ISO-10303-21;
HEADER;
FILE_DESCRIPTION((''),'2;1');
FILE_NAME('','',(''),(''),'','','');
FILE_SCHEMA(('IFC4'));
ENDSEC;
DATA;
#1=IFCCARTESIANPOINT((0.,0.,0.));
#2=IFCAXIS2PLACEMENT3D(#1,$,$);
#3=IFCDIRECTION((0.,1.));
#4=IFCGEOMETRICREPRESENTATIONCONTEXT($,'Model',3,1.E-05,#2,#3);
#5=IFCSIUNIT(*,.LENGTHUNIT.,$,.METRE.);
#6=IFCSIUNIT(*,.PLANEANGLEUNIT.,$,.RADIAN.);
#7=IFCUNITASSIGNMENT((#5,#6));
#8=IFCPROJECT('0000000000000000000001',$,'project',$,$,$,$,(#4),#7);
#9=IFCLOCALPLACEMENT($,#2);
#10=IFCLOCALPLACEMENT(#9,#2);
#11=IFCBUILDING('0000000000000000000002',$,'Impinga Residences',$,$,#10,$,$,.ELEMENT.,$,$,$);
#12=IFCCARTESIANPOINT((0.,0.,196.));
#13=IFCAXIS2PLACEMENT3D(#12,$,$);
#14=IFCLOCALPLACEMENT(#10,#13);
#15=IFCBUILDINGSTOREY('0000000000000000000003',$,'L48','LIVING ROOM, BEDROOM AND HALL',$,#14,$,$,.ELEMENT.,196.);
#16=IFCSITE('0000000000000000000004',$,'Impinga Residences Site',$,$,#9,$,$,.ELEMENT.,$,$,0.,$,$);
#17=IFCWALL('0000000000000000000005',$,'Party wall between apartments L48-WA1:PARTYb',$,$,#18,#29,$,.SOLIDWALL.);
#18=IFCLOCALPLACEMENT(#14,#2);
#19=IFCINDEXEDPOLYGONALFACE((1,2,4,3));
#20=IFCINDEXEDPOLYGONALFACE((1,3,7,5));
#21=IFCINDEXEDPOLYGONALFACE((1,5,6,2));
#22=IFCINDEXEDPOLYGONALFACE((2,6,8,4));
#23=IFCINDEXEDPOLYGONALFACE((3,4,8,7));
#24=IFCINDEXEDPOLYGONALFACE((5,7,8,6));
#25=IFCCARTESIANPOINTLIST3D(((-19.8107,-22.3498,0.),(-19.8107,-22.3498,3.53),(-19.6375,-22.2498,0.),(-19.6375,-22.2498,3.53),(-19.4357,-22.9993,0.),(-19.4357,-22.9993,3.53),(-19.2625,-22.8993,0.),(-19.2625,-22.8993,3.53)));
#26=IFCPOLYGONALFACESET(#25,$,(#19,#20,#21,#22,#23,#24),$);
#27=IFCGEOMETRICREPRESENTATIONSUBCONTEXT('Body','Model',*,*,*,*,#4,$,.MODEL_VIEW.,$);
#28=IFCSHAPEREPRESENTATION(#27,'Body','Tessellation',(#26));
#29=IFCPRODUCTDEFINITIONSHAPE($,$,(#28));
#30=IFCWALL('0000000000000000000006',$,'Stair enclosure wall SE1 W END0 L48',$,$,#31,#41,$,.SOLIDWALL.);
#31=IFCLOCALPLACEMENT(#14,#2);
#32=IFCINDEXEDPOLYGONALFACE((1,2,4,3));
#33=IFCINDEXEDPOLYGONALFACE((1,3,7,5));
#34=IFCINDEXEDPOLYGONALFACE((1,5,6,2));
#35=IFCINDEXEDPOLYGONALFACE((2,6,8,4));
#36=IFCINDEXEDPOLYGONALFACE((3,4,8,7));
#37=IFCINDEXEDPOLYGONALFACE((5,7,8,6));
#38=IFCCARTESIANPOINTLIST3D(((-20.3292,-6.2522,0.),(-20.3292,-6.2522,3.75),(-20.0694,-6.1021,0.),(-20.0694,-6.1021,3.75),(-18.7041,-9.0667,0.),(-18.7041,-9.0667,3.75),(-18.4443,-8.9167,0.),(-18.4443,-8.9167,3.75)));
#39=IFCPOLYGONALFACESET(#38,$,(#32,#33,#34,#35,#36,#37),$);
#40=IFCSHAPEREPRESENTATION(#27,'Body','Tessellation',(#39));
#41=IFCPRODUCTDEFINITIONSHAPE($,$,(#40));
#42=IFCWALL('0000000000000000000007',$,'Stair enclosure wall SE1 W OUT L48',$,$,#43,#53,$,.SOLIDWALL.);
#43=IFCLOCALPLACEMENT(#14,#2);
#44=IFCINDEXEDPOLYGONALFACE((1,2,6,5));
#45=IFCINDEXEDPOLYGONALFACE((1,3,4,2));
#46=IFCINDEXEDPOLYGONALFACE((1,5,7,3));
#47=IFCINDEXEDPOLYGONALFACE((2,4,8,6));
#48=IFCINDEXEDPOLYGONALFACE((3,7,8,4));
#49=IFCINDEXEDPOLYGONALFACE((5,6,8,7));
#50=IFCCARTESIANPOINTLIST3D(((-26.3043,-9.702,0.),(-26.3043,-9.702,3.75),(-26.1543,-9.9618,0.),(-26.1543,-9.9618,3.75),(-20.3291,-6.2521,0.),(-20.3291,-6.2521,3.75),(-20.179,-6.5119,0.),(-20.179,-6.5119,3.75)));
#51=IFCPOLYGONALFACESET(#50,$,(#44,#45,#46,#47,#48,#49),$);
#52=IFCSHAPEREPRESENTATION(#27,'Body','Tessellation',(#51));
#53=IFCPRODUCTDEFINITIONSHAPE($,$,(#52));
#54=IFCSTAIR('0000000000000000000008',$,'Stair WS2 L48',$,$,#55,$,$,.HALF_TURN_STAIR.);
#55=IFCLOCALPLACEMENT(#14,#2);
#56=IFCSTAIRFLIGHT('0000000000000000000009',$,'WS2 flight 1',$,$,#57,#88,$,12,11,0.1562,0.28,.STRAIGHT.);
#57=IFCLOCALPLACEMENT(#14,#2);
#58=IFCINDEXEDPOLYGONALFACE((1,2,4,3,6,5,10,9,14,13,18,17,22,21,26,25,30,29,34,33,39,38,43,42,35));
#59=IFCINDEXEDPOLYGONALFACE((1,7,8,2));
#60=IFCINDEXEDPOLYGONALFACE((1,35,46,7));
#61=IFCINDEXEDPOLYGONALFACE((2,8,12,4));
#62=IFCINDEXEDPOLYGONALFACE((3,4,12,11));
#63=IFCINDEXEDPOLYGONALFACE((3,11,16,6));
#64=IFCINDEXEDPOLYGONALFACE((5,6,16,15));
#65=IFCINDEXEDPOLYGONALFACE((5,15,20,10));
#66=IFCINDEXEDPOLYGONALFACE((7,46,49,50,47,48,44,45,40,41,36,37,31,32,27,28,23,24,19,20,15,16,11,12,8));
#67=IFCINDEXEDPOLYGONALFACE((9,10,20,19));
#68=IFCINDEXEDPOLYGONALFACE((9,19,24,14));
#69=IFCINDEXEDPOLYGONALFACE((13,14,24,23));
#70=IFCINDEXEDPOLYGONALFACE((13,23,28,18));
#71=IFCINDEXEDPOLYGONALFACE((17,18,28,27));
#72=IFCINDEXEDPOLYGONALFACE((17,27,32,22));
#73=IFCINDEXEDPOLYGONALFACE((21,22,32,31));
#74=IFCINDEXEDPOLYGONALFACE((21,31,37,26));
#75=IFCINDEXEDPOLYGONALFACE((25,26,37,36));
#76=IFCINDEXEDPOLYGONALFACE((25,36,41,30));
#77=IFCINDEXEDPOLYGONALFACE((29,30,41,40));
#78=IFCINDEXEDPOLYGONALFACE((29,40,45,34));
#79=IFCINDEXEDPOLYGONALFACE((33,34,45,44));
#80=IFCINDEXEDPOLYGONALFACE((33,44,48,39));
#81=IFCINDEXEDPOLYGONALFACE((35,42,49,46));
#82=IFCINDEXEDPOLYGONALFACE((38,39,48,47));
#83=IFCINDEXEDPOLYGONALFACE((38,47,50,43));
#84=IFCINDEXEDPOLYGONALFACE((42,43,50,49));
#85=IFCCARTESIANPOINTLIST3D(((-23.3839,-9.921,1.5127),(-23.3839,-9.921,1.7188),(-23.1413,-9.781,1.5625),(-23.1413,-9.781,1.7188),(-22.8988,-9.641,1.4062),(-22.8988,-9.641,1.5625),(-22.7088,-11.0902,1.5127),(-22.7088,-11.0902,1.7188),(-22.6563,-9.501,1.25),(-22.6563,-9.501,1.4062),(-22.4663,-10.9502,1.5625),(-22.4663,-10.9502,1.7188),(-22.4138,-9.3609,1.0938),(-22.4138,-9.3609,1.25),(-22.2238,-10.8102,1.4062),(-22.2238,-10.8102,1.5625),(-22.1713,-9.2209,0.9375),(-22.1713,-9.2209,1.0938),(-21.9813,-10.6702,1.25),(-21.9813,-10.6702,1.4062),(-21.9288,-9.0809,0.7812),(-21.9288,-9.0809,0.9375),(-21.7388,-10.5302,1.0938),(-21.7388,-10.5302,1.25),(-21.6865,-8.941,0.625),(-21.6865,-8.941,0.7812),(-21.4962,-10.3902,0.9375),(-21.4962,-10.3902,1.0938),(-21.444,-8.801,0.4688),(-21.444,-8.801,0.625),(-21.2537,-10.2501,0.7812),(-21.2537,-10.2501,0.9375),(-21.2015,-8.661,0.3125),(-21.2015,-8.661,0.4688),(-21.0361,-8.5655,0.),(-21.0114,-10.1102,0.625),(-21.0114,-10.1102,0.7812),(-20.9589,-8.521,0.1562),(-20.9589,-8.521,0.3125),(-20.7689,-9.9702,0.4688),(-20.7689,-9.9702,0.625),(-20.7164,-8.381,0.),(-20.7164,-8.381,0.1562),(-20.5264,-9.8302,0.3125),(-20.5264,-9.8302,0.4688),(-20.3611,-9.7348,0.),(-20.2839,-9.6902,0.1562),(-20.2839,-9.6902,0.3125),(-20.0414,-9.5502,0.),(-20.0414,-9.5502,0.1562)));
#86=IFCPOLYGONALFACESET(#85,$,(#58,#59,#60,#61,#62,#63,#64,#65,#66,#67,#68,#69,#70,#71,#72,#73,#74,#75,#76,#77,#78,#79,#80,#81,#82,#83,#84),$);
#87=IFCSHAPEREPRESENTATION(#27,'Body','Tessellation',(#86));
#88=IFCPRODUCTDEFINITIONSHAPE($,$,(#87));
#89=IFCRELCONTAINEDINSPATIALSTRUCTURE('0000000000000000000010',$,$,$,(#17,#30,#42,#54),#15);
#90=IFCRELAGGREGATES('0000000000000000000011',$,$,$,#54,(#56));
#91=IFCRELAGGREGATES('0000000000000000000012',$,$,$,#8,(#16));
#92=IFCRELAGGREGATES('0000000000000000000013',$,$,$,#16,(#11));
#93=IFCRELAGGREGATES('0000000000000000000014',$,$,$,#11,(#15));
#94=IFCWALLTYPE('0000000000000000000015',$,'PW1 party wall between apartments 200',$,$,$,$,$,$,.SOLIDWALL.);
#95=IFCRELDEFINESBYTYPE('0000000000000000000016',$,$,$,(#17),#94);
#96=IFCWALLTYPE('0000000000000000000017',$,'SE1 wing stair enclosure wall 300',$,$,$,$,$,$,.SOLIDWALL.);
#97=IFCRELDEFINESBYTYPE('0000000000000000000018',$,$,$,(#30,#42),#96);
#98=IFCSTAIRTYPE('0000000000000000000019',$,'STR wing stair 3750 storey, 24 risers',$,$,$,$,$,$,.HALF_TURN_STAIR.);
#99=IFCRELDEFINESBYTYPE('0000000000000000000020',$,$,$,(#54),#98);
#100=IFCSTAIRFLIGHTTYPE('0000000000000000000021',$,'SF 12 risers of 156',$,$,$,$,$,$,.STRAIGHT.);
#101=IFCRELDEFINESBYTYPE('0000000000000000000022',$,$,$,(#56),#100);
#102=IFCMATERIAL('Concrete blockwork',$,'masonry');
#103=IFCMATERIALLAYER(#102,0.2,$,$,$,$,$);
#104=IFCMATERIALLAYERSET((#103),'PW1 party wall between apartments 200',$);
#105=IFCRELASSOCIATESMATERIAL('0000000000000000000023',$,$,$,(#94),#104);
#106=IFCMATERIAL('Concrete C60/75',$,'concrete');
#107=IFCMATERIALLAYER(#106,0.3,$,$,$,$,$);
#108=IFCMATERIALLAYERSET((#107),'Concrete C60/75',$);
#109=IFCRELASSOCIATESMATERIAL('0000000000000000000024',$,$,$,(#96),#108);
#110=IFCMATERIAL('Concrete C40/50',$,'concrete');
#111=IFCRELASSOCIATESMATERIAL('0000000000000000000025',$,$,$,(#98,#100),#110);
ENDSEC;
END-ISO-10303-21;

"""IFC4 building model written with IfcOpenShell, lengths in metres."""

from ifc_helpers import new_model, si_unit, direction, frame, frame_2d, origin, place, context, subcontext, project, spatial, polyline, rectangle, outline, extrude, material, layer, layer_set, type_object, element, aggregate, save


model = new_model("IFC4")

# Units and contexts
model_context = context("Model", 3, precision=1e-05, world=origin(), true_north=direction((0.0, 1.0)))
body_context = subcontext(model_context, "Body", "Model", "MODEL_VIEW")
ifc_project = project(units=[si_unit("LENGTHUNIT", "METRE"), si_unit("PLANEANGLEUNIT", "RADIAN")], contexts=[model_context])

# Site, building, storey
site_placement = place(None, origin())
site = spatial("IfcSite", under=ifc_project, at=site_placement, Name="Impinga Residences Site", CompositionType="ELEMENT", RefElevation=0.0)
building_placement = place(site_placement, origin())
building = spatial("IfcBuilding", under=site, at=building_placement, Name="Impinga Residences", CompositionType="ELEMENT")
storey_placement = place(building_placement, frame((0.0, 0.0, 196.0)))
storey = spatial("IfcBuildingStorey", under=building, at=storey_placement, Name="L48", Description="LIVING ROOM, BEDROOM AND HALL", CompositionType="ELEMENT", Elevation=196.0)

# Shared definitions
ifc_material_1 = material(Name="Concrete C60/75", Category="concrete")

# Walls
ifc_material_2 = material(Name="Concrete blockwork", Category="masonry")
ifc_layer_1 = layer(ifc_material_2, 0.2)
ifc_layer_set_1 = layer_set([ifc_layer_1], Name="PW1 party wall between apartments 200")
wall_type_1 = type_object("IfcWallType", Name="PW1 party wall between apartments 200", PredefinedType="SOLIDWALL", material=ifc_layer_set_1)
wall_1_placement = place(storey_placement, frame((-19.7241, -22.2998, 0.0), z_axis=(0.0, 0.0, 1.0), x_axis=(0.500061, -0.86599, 0.0)))
element("IfcWall", 1, at=wall_1_placement, inside=storey, type_object=wall_type_1, Name="Party wall between apartments L48-WA1:PARTYb", PredefinedType="SOLIDWALL", context=body_context, shape_type="SweptSolid", body=[
    extrude(rectangle(XDim=0.75, YDim=0.2, at=frame_2d((0.375, 0.0))), origin(), (0.0, 0.0, 1.0), 3.53),
])
ifc_layer_2 = layer(ifc_material_1, 0.3)
ifc_layer_set_2 = layer_set([ifc_layer_2], Name="Concrete C60/75")
wall_type_2 = type_object("IfcWallType", Name="SE1 wing stair enclosure wall 300", PredefinedType="SOLIDWALL", material=ifc_layer_set_2)
wall_2_placement = place(storey_placement, frame((-18.5742, -8.9917, 0.0), z_axis=(0.0, 0.0, 1.0), x_axis=(-0.500017, 0.866015, 0.0)))
element("IfcWall", 2, at=wall_2_placement, inside=storey, type_object=wall_type_2, Name="Stair enclosure wall SE1 W END0 L48", PredefinedType="SOLIDWALL", context=body_context, shape_type="SweptSolid", body=[
    extrude(rectangle(XDim=3.25, YDim=0.3, at=frame_2d((1.625, 0.0))), origin(), (0.0, 0.0, 1.0), 3.75),
])
wall_3_placement = place(storey_placement, frame((-20.2542, -6.3821, 0.0), z_axis=(0.0, 0.0, 1.0), x_axis=(-0.86602, -0.500009, 0.0)))
element("IfcWall", 3, at=wall_3_placement, inside=storey, type_object=wall_type_2, Name="Stair enclosure wall SE1 W OUT L48", PredefinedType="SOLIDWALL", context=body_context, shape_type="SweptSolid", body=[
    extrude(rectangle(XDim=6.8997, YDim=0.3, at=frame_2d((3.4497, 0.0))), origin(), (0.0, 0.0, 1.0), 3.75),
])

# Stair, stair flight
ifc_material_3 = material(Name="Concrete C40/50", Category="concrete")
stair_type = type_object("IfcStairType", Name="STR wing stair 3750 storey, 24 risers", PredefinedType="HALF_TURN_STAIR", material=ifc_material_3)
stair_placement = place(storey_placement, origin())
stair = element("IfcStair", 4, at=stair_placement, inside=storey, type_object=stair_type, Name="Stair WS2 L48", PredefinedType="HALF_TURN_STAIR")
stair_flight_type = type_object("IfcStairFlightType", Name="SF 12 risers of 156", PredefinedType="STRAIGHT", material=ifc_material_3)
stair_flight_placement = place(storey_placement, frame((-20.3789, -8.9656, 0.0), z_axis=(0.0, 0.0, 1.0), x_axis=(-0.866025, -0.5, 0.0)))
stair_flight = element("IfcStairFlight", 5, at=stair_flight_placement, type_object=stair_flight_type, Name="WS2 flight 1", NumberOfRisers=12, NumberOfTreads=11, PredefinedType="STRAIGHT", RiserHeight=0.1562, TreadLength=0.28, context=body_context, shape_type="SweptSolid", body=[
    extrude(outline(polyline([(0.0, 0.0), (0.0, 0.1562), (0.28, 0.1562), (0.28, 0.3125), (0.5601, 0.3125), (0.5601, 0.4688), (0.8401, 0.4688), (0.8401, 0.625), (1.1201, 0.625), (1.1201, 0.7812), (1.3999, 0.7812), (1.3999, 0.9375), (1.6799, 0.9375), (1.6799, 1.0938), (1.96, 1.0938), (1.96, 1.25), (2.24, 1.25), (2.24, 1.4062), (2.52, 1.4062), (2.52, 1.5625), (2.8, 1.5625), (2.8, 1.7188), (3.0801, 1.7188), (3.0801, 1.875), (3.0801, 1.5127), (0.3691, 0.0), (0.0, 0.0)])), frame((0.0, 0.675, 0.0), z_axis=(0.0, -1.0, 0.0), x_axis=(1.0, 0.0, 0.0)), (0.0, 0.0, 1.0), 1.3501),
])
aggregate(stair, [stair_flight])

save(model, "model.ifc")
